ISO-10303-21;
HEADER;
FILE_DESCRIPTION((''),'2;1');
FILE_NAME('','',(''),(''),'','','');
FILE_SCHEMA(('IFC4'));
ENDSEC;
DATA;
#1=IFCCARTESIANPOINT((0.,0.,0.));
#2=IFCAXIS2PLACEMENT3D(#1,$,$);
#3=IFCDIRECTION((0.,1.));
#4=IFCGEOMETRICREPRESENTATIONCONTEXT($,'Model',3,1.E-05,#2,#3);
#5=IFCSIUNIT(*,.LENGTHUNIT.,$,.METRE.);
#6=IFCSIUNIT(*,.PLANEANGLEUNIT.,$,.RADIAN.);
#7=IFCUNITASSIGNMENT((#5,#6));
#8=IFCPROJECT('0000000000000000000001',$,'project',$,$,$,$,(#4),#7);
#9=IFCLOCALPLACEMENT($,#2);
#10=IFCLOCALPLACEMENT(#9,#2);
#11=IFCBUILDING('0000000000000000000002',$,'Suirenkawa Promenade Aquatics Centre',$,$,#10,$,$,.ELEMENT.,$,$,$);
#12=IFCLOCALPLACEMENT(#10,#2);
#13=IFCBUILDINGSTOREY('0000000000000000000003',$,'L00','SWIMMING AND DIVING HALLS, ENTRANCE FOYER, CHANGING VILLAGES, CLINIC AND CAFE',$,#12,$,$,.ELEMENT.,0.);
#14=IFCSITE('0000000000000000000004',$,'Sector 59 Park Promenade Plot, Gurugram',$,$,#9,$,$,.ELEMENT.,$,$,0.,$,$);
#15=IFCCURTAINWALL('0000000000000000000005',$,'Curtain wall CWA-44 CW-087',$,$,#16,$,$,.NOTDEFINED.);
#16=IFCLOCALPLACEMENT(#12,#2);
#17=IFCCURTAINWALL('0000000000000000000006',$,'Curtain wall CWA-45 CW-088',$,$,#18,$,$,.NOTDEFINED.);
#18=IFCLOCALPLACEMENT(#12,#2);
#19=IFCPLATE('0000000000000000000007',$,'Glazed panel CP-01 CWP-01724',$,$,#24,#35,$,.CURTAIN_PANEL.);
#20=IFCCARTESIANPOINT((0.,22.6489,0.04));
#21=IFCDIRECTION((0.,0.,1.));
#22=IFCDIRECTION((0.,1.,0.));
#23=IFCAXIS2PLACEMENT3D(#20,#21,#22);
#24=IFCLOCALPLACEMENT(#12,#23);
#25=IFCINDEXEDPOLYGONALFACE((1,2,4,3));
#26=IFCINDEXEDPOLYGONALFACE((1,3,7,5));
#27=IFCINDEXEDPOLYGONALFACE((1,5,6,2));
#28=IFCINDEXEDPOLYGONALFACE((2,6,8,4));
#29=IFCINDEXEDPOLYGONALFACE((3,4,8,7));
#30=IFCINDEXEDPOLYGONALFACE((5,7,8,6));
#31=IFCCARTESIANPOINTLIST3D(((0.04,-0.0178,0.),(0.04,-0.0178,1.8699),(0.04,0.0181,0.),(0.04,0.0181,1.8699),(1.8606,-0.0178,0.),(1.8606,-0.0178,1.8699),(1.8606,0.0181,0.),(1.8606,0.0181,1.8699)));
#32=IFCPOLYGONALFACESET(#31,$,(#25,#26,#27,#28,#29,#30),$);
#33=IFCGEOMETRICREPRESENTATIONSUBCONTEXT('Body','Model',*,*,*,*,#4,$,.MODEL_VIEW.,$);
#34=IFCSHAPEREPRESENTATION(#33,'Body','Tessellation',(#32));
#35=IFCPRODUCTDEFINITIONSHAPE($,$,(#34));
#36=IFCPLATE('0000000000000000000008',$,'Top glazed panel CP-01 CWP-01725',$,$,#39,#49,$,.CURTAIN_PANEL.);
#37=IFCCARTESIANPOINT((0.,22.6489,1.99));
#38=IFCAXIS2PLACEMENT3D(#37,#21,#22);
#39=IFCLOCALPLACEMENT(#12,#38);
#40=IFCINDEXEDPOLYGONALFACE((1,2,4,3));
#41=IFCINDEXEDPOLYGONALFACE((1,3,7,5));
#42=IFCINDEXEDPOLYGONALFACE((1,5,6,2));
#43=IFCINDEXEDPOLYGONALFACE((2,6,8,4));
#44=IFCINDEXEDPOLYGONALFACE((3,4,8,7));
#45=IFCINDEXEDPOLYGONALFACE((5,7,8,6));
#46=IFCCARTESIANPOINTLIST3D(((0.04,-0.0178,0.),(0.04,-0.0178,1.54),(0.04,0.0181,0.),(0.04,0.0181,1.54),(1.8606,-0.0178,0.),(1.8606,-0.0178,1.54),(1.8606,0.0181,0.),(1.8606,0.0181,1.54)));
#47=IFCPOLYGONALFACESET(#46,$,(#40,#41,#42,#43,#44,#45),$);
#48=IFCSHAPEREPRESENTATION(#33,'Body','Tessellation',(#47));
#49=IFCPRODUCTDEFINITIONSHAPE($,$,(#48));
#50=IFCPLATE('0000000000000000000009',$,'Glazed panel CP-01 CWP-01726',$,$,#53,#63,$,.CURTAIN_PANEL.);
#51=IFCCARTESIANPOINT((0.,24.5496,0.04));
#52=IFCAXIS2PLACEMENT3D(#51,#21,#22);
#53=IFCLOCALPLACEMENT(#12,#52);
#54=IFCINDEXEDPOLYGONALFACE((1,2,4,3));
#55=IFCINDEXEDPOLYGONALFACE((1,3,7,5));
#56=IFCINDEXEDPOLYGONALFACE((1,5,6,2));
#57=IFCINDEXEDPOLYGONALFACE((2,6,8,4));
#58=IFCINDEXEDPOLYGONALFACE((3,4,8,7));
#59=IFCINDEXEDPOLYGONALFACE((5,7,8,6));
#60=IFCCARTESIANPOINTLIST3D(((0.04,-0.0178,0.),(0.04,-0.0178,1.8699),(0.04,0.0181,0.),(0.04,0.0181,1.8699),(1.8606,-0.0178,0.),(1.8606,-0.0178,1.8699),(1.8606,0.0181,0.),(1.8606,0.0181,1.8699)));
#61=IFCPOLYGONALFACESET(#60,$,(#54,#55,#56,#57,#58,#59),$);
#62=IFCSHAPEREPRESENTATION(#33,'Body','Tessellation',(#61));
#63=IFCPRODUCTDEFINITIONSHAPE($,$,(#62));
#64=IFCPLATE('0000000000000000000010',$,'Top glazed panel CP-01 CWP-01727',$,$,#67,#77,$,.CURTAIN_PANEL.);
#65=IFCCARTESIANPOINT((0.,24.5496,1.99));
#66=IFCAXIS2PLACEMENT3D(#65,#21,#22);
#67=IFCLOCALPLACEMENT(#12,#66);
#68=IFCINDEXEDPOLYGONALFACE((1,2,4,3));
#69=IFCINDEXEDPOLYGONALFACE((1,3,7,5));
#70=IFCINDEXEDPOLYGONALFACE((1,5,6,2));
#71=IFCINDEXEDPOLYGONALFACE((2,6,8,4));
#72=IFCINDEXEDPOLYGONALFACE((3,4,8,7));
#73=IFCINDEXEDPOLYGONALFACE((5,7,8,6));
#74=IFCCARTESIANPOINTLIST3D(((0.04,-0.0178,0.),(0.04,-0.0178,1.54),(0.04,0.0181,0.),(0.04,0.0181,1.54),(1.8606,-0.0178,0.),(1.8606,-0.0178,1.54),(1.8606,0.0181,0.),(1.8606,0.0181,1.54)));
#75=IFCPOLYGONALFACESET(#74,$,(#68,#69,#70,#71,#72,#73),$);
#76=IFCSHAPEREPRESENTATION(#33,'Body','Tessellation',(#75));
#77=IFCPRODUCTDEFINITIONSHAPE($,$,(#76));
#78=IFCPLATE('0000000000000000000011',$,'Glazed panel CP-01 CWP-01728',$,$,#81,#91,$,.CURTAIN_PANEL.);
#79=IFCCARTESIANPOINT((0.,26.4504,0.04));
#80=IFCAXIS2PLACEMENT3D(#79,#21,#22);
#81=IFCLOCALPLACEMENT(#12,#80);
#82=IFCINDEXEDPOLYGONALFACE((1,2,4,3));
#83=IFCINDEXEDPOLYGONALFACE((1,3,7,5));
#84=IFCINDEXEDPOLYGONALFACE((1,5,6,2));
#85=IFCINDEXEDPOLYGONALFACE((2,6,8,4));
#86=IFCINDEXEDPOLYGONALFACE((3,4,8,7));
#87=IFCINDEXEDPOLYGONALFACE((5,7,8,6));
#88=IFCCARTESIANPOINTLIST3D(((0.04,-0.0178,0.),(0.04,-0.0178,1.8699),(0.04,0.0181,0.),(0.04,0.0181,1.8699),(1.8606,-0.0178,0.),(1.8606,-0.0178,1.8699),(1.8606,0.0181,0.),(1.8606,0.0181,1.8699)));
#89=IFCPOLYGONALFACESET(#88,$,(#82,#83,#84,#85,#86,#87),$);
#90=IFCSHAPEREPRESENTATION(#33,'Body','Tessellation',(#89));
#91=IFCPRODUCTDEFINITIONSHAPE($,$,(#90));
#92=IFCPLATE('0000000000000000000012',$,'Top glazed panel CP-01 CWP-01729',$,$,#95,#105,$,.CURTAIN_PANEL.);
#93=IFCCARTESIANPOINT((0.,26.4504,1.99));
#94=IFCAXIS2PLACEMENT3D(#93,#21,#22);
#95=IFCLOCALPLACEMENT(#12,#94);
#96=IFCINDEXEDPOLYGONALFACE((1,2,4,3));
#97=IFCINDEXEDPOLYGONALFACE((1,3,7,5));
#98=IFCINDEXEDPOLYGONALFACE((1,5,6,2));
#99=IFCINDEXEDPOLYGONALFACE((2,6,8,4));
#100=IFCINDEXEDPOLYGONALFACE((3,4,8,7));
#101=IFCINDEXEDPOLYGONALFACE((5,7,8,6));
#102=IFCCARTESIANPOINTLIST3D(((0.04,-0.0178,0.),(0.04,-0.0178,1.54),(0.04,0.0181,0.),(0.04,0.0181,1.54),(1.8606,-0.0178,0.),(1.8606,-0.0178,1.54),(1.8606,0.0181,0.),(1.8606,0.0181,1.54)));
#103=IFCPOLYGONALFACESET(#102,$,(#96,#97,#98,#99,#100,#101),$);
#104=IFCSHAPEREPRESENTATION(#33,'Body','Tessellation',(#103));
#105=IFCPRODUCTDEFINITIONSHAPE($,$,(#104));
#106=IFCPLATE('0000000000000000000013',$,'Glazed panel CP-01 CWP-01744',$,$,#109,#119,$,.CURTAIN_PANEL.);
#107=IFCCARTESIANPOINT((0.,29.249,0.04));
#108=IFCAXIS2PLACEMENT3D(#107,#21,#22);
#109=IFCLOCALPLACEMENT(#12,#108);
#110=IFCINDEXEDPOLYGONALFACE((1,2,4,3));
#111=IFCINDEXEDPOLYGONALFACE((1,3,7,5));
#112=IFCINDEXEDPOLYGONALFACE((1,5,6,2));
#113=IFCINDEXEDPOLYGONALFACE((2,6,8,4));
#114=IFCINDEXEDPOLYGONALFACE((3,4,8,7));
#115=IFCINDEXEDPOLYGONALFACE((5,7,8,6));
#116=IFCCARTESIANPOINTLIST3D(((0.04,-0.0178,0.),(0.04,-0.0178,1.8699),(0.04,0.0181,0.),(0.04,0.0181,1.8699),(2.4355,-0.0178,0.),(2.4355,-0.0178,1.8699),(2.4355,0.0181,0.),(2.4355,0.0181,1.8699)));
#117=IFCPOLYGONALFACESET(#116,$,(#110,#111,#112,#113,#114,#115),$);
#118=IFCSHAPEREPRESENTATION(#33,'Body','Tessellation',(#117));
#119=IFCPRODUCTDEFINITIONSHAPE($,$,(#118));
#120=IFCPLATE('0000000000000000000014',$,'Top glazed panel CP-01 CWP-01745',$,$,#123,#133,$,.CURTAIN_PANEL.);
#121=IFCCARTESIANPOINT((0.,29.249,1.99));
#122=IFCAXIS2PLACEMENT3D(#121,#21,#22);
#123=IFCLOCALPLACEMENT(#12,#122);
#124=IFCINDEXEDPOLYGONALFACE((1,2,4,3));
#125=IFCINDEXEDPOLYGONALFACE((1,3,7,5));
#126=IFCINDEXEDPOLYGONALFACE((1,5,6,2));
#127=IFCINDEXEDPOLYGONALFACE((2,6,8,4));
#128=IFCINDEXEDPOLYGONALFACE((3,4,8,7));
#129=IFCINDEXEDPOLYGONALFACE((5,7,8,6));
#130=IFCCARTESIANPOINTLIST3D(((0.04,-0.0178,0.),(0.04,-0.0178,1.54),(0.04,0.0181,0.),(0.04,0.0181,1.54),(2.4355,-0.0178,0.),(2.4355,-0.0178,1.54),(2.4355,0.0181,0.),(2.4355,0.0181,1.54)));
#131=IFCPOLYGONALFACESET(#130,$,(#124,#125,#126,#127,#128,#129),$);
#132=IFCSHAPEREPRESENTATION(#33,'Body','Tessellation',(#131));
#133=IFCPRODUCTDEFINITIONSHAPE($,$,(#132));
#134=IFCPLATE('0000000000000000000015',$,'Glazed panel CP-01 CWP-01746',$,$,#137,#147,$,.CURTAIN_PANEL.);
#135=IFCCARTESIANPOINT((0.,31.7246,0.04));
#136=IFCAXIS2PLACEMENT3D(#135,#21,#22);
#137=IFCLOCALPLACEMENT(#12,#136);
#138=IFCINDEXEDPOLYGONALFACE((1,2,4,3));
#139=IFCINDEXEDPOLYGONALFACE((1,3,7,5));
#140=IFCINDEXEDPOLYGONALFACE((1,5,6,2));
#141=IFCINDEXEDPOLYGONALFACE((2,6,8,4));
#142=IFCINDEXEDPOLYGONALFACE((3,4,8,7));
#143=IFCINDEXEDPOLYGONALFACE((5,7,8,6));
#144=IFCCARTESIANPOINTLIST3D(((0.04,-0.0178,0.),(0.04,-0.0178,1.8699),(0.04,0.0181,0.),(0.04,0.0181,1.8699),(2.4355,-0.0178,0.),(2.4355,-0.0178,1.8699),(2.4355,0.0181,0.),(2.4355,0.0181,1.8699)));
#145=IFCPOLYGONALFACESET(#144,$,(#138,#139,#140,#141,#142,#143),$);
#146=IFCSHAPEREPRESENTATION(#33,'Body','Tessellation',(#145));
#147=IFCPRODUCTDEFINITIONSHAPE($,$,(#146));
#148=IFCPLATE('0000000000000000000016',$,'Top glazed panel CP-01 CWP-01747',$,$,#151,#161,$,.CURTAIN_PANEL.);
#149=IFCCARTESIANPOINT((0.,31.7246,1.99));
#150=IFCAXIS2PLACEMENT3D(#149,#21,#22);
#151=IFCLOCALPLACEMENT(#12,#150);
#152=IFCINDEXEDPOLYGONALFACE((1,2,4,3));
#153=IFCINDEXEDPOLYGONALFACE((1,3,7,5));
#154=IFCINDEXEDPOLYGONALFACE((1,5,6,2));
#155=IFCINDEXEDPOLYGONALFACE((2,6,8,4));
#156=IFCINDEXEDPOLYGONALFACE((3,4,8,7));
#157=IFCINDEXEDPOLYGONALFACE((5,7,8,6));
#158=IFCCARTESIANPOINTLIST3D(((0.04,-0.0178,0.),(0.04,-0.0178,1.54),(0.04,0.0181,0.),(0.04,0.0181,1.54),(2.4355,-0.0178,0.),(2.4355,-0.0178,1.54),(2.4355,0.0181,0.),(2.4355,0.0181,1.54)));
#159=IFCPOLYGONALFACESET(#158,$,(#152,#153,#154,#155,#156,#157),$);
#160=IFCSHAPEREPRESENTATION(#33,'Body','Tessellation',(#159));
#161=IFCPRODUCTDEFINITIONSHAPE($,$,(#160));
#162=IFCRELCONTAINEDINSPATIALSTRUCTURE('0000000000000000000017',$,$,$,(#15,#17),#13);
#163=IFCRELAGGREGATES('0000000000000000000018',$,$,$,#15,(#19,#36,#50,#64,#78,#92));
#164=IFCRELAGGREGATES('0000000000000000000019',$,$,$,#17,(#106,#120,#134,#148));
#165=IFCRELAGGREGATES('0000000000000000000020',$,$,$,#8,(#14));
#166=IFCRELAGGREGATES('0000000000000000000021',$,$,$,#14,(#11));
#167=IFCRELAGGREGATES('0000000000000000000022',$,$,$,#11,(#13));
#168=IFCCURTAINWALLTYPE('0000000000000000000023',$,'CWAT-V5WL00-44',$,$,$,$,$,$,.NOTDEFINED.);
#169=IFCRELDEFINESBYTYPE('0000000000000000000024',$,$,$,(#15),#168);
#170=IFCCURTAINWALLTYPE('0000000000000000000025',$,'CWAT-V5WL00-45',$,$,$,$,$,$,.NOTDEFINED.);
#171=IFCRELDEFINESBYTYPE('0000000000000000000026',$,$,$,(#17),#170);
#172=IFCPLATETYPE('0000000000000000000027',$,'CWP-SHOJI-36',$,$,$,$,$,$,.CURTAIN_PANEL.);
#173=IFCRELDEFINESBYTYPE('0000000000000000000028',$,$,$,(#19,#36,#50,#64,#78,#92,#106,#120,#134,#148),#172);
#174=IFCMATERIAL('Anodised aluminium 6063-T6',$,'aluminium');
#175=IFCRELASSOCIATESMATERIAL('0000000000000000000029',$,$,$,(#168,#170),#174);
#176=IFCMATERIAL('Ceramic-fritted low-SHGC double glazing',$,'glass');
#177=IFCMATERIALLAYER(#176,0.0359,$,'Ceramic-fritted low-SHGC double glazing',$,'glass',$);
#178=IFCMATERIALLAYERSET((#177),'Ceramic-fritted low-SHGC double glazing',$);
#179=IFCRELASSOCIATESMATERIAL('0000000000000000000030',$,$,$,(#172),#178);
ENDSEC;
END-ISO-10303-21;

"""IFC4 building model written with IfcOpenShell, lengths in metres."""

from ifc_helpers import new_model, si_unit, direction, frame, origin, place, context, subcontext, project, spatial, polyline, outline, extrude, material, layer, layer_set, type_object, element, aggregate, save


model = new_model("IFC4")

# Units and contexts
model_context = context("Model", 3, precision=1e-05, world=origin(), true_north=direction((0.0, 1.0)))
body_context = subcontext(model_context, "Body", "Model", "MODEL_VIEW")
ifc_project = project(units=[si_unit("LENGTHUNIT", "METRE"), si_unit("PLANEANGLEUNIT", "RADIAN")], contexts=[model_context])

# Site, building, storey
site_placement = place(None, origin())
site = spatial("IfcSite", under=ifc_project, at=site_placement, Name="Sector 59 Park Promenade Plot, Gurugram", CompositionType="ELEMENT", RefElevation=0.0)
building_placement = place(site_placement, origin())
building = spatial("IfcBuilding", under=site, at=building_placement, Name="Suirenkawa Promenade Aquatics Centre", CompositionType="ELEMENT")
storey_placement = place(building_placement, origin())
storey = spatial("IfcBuildingStorey", under=building, at=storey_placement, Name="L00", Description="SWIMMING AND DIVING HALLS, ENTRANCE FOYER, CHANGING VILLAGES, CLINIC AND CAFE", CompositionType="ELEMENT", Elevation=0.0)

# Curtain walls
ifc_material_1 = material(Name="Anodised aluminium 6063-T6", Category="aluminium")
curtain_wall_type_1 = type_object("IfcCurtainWallType", Name="CWAT-V5WL00-44", PredefinedType="NOTDEFINED", material=ifc_material_1)
curtain_wall_1_placement = place(storey_placement, origin())
curtain_wall_1 = element("IfcCurtainWall", 1, at=curtain_wall_1_placement, inside=storey, type_object=curtain_wall_type_1, Name="Curtain wall CWA-44 CW-087", PredefinedType="NOTDEFINED")
curtain_wall_type_2 = type_object("IfcCurtainWallType", Name="CWAT-V5WL00-45", PredefinedType="NOTDEFINED", material=ifc_material_1)
curtain_wall_2_placement = place(storey_placement, origin())
curtain_wall_2 = element("IfcCurtainWall", 2, at=curtain_wall_2_placement, inside=storey, type_object=curtain_wall_type_2, Name="Curtain wall CWA-45 CW-088", PredefinedType="NOTDEFINED")

# Plates
ifc_material_2 = material(Name="Ceramic-fritted low-SHGC double glazing", Category="glass")
ifc_layer = layer(ifc_material_2, 0.0359, Name="Ceramic-fritted low-SHGC double glazing", Category="glass")
ifc_layer_set = layer_set([ifc_layer], Name="Ceramic-fritted low-SHGC double glazing")
plate_type = type_object("IfcPlateType", Name="CWP-SHOJI-36", PredefinedType="CURTAIN_PANEL", material=ifc_layer_set)
plate_1_placement = place(storey_placement, frame((0.0, 22.6489, 0.04), z_axis=(0.0, 0.0, 1.0), x_axis=(0.0, 1.0, 0.0)))
plate_1 = element("IfcPlate", 3, at=plate_1_placement, type_object=plate_type, Name="Glazed panel CP-01 CWP-01724", PredefinedType="CURTAIN_PANEL", context=body_context, shape_type="SweptSolid", body=[
    extrude(outline(polyline([(0.04, 0.0), (1.8606, 0.0), (1.8606, 1.8699), (0.04, 1.8699), (0.04, 0.0)])), frame((0.0, 0.0181, 0.0), z_axis=(0.0, -1.0, 0.0), x_axis=(1.0, 0.0, 0.0)), (0.0, 0.0, 1.0), 0.0359),
])
plate_2_placement = place(storey_placement, frame((0.0, 22.6489, 1.99), z_axis=(0.0, 0.0, 1.0), x_axis=(0.0, 1.0, 0.0)))
plate_2 = element("IfcPlate", 4, at=plate_2_placement, type_object=plate_type, Name="Top glazed panel CP-01 CWP-01725", PredefinedType="CURTAIN_PANEL", context=body_context, shape_type="SweptSolid", body=[
    extrude(outline(polyline([(0.04, 0.0), (1.8606, 0.0), (1.8606, 1.54), (0.04, 1.54), (0.04, 0.0)])), frame((0.0, 0.0181, 0.0), z_axis=(0.0, -1.0, 0.0), x_axis=(1.0, 0.0, 0.0)), (0.0, 0.0, 1.0), 0.0359),
])
plate_3_placement = place(storey_placement, frame((0.0, 24.5496, 0.04), z_axis=(0.0, 0.0, 1.0), x_axis=(0.0, 1.0, 0.0)))
plate_3 = element("IfcPlate", 5, at=plate_3_placement, type_object=plate_type, Name="Glazed panel CP-01 CWP-01726", PredefinedType="CURTAIN_PANEL", context=body_context, shape_type="SweptSolid", body=[
    extrude(outline(polyline([(0.04, 0.0), (1.8606, 0.0), (1.8606, 1.8699), (0.04, 1.8699), (0.04, 0.0)])), frame((0.0, 0.0181, 0.0), z_axis=(0.0, -1.0, 0.0), x_axis=(1.0, 0.0, 0.0)), (0.0, 0.0, 1.0), 0.0359),
])
plate_4_placement = place(storey_placement, frame((0.0, 24.5496, 1.99), z_axis=(0.0, 0.0, 1.0), x_axis=(0.0, 1.0, 0.0)))
plate_4 = element("IfcPlate", 6, at=plate_4_placement, type_object=plate_type, Name="Top glazed panel CP-01 CWP-01727", PredefinedType="CURTAIN_PANEL", context=body_context, shape_type="SweptSolid", body=[
    extrude(outline(polyline([(0.04, 0.0), (1.8606, 0.0), (1.8606, 1.54), (0.04, 1.54), (0.04, 0.0)])), frame((0.0, 0.0181, 0.0), z_axis=(0.0, -1.0, 0.0), x_axis=(1.0, 0.0, 0.0)), (0.0, 0.0, 1.0), 0.0359),
])
plate_5_placement = place(storey_placement, frame((0.0, 26.4504, 0.04), z_axis=(0.0, 0.0, 1.0), x_axis=(0.0, 1.0, 0.0)))
plate_5 = element("IfcPlate", 7, at=plate_5_placement, type_object=plate_type, Name="Glazed panel CP-01 CWP-01728", PredefinedType="CURTAIN_PANEL", context=body_context, shape_type="SweptSolid", body=[
    extrude(outline(polyline([(0.04, 0.0), (1.8606, 0.0), (1.8606, 1.8699), (0.04, 1.8699), (0.04, 0.0)])), frame((0.0, 0.0181, 0.0), z_axis=(0.0, -1.0, 0.0), x_axis=(1.0, 0.0, 0.0)), (0.0, 0.0, 1.0), 0.0359),
])
plate_6_placement = place(storey_placement, frame((0.0, 26.4504, 1.99), z_axis=(0.0, 0.0, 1.0), x_axis=(0.0, 1.0, 0.0)))
plate_6 = element("IfcPlate", 8, at=plate_6_placement, type_object=plate_type, Name="Top glazed panel CP-01 CWP-01729", PredefinedType="CURTAIN_PANEL", context=body_context, shape_type="SweptSolid", body=[
    extrude(outline(polyline([(0.04, 0.0), (1.8606, 0.0), (1.8606, 1.54), (0.04, 1.54), (0.04, 0.0)])), frame((0.0, 0.0181, 0.0), z_axis=(0.0, -1.0, 0.0), x_axis=(1.0, 0.0, 0.0)), (0.0, 0.0, 1.0), 0.0359),
])
aggregate(curtain_wall_1, [plate_1, plate_2, plate_3, plate_4, plate_5, plate_6])
plate_7_placement = place(storey_placement, frame((0.0, 29.249, 0.04), z_axis=(0.0, 0.0, 1.0), x_axis=(0.0, 1.0, 0.0)))
plate_7 = element("IfcPlate", 9, at=plate_7_placement, type_object=plate_type, Name="Glazed panel CP-01 CWP-01744", PredefinedType="CURTAIN_PANEL", context=body_context, shape_type="SweptSolid", body=[
    extrude(outline(polyline([(0.04, 0.0), (2.4355, 0.0), (2.4355, 1.8699), (0.04, 1.8699), (0.04, 0.0)])), frame((0.0, 0.0181, 0.0), z_axis=(0.0, -1.0, 0.0), x_axis=(1.0, 0.0, 0.0)), (0.0, 0.0, 1.0), 0.0359),
])
plate_8_placement = place(storey_placement, frame((0.0, 29.249, 1.99), z_axis=(0.0, 0.0, 1.0), x_axis=(0.0, 1.0, 0.0)))
plate_8 = element("IfcPlate", 10, at=plate_8_placement, type_object=plate_type, Name="Top glazed panel CP-01 CWP-01745", PredefinedType="CURTAIN_PANEL", context=body_context, shape_type="SweptSolid", body=[
    extrude(outline(polyline([(0.04, 0.0), (2.4355, 0.0), (2.4355, 1.54), (0.04, 1.54), (0.04, 0.0)])), frame((0.0, 0.0181, 0.0), z_axis=(0.0, -1.0, 0.0), x_axis=(1.0, 0.0, 0.0)), (0.0, 0.0, 1.0), 0.0359),
])
plate_9_placement = place(storey_placement, frame((0.0, 31.7246, 0.04), z_axis=(0.0, 0.0, 1.0), x_axis=(0.0, 1.0, 0.0)))
plate_9 = element("IfcPlate", 11, at=plate_9_placement, type_object=plate_type, Name="Glazed panel CP-01 CWP-01746", PredefinedType="CURTAIN_PANEL", context=body_context, shape_type="SweptSolid", body=[
    extrude(outline(polyline([(0.04, 0.0), (2.4355, 0.0), (2.4355, 1.8699), (0.04, 1.8699), (0.04, 0.0)])), frame((0.0, 0.0181, 0.0), z_axis=(0.0, -1.0, 0.0), x_axis=(1.0, 0.0, 0.0)), (0.0, 0.0, 1.0), 0.0359),
])
plate_10_placement = place(storey_placement, frame((0.0, 31.7246, 1.99), z_axis=(0.0, 0.0, 1.0), x_axis=(0.0, 1.0, 0.0)))
plate_10 = element("IfcPlate", 12, at=plate_10_placement, type_object=plate_type, Name="Top glazed panel CP-01 CWP-01747", PredefinedType="CURTAIN_PANEL", context=body_context, shape_type="SweptSolid", body=[
    extrude(outline(polyline([(0.04, 0.0), (2.4355, 0.0), (2.4355, 1.54), (0.04, 1.54), (0.04, 0.0)])), frame((0.0, 0.0181, 0.0), z_axis=(0.0, -1.0, 0.0), x_axis=(1.0, 0.0, 0.0)), (0.0, 0.0, 1.0), 0.0359),
])
aggregate(curtain_wall_2, [plate_7, plate_8, plate_9, plate_10])

save(model, "model.ifc")
